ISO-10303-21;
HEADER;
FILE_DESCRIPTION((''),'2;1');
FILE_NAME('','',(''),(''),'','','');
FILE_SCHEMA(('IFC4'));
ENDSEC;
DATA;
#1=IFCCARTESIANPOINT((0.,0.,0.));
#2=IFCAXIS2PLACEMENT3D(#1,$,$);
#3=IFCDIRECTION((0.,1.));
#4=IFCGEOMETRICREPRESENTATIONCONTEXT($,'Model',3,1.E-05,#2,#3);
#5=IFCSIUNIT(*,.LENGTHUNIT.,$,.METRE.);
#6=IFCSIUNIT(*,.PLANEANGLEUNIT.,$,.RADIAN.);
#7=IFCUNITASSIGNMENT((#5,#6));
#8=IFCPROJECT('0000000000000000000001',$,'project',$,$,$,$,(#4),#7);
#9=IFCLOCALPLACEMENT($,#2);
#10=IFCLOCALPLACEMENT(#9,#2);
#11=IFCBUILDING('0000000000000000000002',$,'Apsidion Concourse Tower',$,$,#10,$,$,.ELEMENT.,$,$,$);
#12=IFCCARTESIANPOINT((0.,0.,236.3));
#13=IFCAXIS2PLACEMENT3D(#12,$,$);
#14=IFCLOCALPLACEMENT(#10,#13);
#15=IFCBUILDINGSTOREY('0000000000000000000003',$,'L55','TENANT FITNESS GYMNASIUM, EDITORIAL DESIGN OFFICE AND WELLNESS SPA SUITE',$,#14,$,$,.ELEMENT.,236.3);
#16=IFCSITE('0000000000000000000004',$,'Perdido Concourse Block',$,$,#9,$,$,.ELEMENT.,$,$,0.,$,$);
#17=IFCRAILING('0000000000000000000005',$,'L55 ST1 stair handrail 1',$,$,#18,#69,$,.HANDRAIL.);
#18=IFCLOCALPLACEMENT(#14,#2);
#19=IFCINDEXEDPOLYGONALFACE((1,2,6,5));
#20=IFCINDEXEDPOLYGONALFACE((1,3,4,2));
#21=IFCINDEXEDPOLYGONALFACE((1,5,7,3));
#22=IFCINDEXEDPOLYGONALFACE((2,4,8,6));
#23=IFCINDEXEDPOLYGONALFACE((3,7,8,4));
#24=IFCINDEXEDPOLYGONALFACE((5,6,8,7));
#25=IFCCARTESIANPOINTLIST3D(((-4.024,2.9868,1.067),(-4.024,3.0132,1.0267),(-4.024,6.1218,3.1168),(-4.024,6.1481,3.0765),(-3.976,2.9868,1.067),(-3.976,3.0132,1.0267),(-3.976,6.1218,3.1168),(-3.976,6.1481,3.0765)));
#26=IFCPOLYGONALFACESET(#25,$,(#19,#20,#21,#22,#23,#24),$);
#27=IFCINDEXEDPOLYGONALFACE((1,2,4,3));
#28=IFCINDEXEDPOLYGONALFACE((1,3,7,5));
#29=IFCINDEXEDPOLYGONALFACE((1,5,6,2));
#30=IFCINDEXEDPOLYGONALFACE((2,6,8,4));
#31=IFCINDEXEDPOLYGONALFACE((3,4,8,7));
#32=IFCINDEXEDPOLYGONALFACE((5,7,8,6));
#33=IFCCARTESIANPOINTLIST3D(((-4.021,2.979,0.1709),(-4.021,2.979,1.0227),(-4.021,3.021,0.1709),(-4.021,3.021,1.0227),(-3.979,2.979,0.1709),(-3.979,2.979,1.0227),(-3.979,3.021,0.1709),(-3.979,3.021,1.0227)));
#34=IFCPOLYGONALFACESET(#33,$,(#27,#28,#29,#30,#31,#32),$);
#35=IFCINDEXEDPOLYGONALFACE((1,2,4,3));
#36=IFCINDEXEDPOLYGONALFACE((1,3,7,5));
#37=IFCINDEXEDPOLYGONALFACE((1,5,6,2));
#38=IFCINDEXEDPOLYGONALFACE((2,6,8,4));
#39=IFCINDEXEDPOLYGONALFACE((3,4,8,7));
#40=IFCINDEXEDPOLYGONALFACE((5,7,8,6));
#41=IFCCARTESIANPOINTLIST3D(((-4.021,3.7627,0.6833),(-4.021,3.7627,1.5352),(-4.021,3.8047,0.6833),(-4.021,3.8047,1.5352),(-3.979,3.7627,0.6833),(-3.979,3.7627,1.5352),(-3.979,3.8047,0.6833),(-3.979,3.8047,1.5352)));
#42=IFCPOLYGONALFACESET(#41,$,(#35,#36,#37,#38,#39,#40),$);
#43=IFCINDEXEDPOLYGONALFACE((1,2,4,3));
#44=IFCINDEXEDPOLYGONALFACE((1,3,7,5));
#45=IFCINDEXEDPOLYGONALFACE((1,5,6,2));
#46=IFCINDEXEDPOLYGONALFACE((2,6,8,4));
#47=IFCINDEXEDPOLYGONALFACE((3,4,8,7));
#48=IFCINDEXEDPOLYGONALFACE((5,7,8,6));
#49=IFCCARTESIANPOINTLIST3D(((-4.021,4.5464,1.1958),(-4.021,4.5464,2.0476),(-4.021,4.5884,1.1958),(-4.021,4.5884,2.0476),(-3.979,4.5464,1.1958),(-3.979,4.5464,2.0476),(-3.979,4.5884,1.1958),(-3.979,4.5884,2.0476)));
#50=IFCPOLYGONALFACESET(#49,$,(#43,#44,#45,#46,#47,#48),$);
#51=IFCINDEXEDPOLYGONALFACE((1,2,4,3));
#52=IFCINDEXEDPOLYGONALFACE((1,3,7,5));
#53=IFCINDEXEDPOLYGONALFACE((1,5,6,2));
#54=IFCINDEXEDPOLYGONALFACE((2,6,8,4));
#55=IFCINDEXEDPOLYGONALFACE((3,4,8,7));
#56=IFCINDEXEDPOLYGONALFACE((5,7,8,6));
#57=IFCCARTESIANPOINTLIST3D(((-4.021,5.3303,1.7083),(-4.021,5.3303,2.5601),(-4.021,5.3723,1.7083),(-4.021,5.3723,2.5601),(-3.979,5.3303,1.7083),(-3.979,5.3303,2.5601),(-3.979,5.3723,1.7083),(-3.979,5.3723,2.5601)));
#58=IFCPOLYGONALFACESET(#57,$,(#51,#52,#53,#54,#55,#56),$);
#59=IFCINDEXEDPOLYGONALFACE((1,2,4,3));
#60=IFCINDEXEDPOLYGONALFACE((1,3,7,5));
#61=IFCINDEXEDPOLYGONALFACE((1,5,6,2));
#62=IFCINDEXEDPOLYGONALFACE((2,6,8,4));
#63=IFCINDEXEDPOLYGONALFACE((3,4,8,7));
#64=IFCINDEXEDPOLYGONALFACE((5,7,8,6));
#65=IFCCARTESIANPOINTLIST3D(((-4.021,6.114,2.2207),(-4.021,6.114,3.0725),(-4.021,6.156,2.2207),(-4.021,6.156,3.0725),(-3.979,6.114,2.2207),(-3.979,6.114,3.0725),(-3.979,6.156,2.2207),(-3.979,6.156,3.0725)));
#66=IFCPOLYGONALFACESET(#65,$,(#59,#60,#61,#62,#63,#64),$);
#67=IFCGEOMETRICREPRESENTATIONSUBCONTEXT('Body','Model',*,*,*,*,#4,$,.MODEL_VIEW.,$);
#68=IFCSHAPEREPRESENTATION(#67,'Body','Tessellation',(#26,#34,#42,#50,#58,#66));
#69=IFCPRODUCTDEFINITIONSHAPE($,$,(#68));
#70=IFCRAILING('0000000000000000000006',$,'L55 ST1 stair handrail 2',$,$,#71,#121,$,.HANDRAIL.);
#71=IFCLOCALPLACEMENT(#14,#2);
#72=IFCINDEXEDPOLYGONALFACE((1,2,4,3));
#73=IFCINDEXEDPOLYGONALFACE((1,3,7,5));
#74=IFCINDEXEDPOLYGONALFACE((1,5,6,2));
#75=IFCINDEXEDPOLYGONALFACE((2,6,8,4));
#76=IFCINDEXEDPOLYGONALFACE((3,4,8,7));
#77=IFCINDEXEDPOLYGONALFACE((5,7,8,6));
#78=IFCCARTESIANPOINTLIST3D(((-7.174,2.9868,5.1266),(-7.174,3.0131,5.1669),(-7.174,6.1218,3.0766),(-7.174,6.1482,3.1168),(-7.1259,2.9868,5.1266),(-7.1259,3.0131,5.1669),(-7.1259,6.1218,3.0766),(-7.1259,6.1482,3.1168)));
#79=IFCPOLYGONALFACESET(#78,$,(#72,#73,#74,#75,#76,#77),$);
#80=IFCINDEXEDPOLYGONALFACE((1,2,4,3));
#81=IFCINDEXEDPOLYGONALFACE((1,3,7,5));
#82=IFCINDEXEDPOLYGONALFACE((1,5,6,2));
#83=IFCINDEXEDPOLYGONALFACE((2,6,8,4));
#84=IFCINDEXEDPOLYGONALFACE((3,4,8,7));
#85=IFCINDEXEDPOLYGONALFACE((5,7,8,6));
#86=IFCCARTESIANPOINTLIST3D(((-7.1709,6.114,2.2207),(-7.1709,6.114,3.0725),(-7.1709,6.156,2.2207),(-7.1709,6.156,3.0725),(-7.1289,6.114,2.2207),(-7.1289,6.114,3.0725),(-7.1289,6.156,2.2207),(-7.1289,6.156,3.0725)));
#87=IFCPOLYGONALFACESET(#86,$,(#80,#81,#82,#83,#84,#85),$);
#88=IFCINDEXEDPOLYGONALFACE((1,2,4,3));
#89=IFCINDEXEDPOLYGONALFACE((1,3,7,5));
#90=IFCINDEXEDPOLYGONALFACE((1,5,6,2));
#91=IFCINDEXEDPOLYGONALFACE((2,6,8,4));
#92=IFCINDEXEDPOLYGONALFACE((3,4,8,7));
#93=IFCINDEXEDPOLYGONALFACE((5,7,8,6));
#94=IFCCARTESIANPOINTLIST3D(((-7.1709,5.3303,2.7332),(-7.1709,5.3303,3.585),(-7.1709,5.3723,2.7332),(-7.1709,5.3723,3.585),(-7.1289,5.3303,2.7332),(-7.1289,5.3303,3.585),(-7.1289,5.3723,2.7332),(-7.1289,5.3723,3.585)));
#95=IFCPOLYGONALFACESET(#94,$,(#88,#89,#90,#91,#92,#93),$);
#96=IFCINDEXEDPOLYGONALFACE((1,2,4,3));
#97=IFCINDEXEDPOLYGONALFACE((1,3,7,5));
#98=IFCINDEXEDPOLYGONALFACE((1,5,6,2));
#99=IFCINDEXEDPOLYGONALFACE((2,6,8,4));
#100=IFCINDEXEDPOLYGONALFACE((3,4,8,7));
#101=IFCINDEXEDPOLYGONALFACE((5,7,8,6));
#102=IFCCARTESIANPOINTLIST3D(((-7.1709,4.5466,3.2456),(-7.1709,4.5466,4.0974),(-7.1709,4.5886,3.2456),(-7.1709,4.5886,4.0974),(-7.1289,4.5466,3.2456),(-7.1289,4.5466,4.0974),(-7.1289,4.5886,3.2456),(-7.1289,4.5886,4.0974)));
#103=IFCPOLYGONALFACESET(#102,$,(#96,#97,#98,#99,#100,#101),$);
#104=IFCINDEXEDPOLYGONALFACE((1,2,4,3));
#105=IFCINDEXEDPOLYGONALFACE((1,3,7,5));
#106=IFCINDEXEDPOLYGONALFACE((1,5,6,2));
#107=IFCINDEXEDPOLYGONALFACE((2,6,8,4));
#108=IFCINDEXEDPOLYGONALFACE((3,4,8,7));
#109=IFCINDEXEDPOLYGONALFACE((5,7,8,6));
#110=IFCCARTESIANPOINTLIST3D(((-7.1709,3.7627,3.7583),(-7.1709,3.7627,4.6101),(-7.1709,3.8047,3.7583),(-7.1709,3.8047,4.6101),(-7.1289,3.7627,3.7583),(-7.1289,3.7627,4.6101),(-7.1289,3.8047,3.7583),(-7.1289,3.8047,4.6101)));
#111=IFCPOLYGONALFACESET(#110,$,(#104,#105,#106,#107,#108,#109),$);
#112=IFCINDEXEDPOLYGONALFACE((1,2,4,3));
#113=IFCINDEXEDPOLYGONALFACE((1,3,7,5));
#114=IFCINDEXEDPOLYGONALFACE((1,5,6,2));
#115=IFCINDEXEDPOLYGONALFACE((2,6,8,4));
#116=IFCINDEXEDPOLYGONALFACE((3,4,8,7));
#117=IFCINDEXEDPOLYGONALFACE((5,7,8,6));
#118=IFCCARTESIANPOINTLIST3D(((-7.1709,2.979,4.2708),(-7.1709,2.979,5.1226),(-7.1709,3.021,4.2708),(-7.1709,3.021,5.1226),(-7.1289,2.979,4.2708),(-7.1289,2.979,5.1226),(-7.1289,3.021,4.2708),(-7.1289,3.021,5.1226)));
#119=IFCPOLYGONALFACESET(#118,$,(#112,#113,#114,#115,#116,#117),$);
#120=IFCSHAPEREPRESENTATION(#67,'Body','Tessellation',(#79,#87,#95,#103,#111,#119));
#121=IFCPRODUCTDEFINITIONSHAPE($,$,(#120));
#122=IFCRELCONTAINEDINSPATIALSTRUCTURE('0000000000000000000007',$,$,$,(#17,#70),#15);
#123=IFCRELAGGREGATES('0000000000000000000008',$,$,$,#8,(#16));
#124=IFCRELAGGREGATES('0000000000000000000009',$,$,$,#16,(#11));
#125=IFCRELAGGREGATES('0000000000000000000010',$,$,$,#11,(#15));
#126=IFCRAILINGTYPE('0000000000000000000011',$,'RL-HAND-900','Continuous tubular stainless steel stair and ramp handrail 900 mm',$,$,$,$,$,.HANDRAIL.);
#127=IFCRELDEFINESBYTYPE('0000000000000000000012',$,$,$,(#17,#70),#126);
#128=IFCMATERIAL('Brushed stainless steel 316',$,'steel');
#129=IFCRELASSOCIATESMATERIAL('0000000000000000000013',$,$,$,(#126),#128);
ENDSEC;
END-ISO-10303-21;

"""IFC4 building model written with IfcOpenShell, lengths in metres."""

from ifc_helpers import new_model, si_unit, direction, frame, origin, origin_2d, place, context, subcontext, project, spatial, rectangle, extrude, material, type_object, element, save


model = new_model("IFC4")

# Units and contexts
model_context = context("Model", 3, precision=1e-05, world=origin(), true_north=direction((0.0, 1.0)))
body_context = subcontext(model_context, "Body", "Model", "MODEL_VIEW")
ifc_project = project(units=[si_unit("LENGTHUNIT", "METRE"), si_unit("PLANEANGLEUNIT", "RADIAN")], contexts=[model_context])

# Site, building, storey
site_placement = place(None, origin())
site = spatial("IfcSite", under=ifc_project, at=site_placement, Name="Perdido Concourse Block", CompositionType="ELEMENT", RefElevation=0.0)
building_placement = place(site_placement, origin())
building = spatial("IfcBuilding", under=site, at=building_placement, Name="Apsidion Concourse Tower", CompositionType="ELEMENT")
storey_placement = place(building_placement, frame((0.0, 0.0, 236.3)))
storey = spatial("IfcBuildingStorey", under=building, at=storey_placement, Name="L55", Description="TENANT FITNESS GYMNASIUM, EDITORIAL DESIGN OFFICE AND WELLNESS SPA SUITE", CompositionType="ELEMENT", Elevation=236.3)

# Railings
ifc_material_1 = material(Name="Brushed stainless steel 316", Category="steel")
railing_type_1 = type_object("IfcRailingType", Name="RL-HAND-900", Description="Continuous tubular stainless steel stair and ramp handrail 900 mm", PredefinedType="HANDRAIL", material=ifc_material_1)
railing_1_placement = place(storey_placement, frame((-4.0, 3.0, 0.1709)))
element("IfcRailing", 1, at=railing_1_placement, inside=storey, type_object=railing_type_1, Name="L55 ST1 stair handrail 1", PredefinedType="HANDRAIL", context=body_context, shape_type="SweptSolid", body=[
    extrude(rectangle(XDim=0.0481, YDim=0.0481, at=origin_2d()), frame((0.0, 0.0, 0.876), z_axis=(0.0, 0.836971, 0.547248), x_axis=(-1.0, 0.0, 0.0)), (0.0, 0.0, 1.0), 3.7456),
    extrude(rectangle(XDim=0.042, YDim=0.042, at=origin_2d()), origin(), (0.0, 0.0, 1.0), 0.8518),
    extrude(rectangle(XDim=0.042, YDim=0.042, at=origin_2d()), frame((0.0, 0.7837, 0.5125)), (0.0, 0.0, 1.0), 0.8518),
    extrude(rectangle(XDim=0.042, YDim=0.042, at=origin_2d()), frame((0.0, 1.5674, 1.0249)), (0.0, 0.0, 1.0), 0.8518),
    extrude(rectangle(XDim=0.042, YDim=0.042, at=origin_2d()), frame((0.0, 2.3513, 1.5374)), (0.0, 0.0, 1.0), 0.8518),
    extrude(rectangle(XDim=0.042, YDim=0.042, at=origin_2d()), frame((0.0, 3.135, 2.0498)), (0.0, 0.0, 1.0), 0.8518),
])
railing_2_placement = place(storey_placement, frame((-7.1499, 6.135, 2.2207)))
element("IfcRailing", 2, at=railing_2_placement, inside=storey, type_object=railing_type_1, Name="L55 ST1 stair handrail 2", PredefinedType="HANDRAIL", context=body_context, shape_type="SweptSolid", body=[
    extrude(rectangle(XDim=0.0481, YDim=0.0481, at=origin_2d()), frame((0.0, 0.0, 0.876), z_axis=(0.0, -0.836941, 0.547293), x_axis=(1.0, 0.0, 0.0)), (0.0, 0.0, 1.0), 3.7458),
    extrude(rectangle(XDim=0.042, YDim=0.042, at=origin_2d()), origin(), (0.0, 0.0, 1.0), 0.8518),
    extrude(rectangle(XDim=0.042, YDim=0.042, at=origin_2d()), frame((0.0, -0.7837, 0.5125)), (0.0, 0.0, 1.0), 0.8518),
    extrude(rectangle(XDim=0.042, YDim=0.042, at=origin_2d()), frame((0.0, -1.5674, 1.0249)), (0.0, 0.0, 1.0), 0.8518),
    extrude(rectangle(XDim=0.042, YDim=0.042, at=origin_2d()), frame((0.0, -2.3513, 1.5376)), (0.0, 0.0, 1.0), 0.8518),
    extrude(rectangle(XDim=0.042, YDim=0.042, at=origin_2d()), frame((0.0, -3.135, 2.05)), (0.0, 0.0, 1.0), 0.8518),
])

save(model, "model.ifc")
